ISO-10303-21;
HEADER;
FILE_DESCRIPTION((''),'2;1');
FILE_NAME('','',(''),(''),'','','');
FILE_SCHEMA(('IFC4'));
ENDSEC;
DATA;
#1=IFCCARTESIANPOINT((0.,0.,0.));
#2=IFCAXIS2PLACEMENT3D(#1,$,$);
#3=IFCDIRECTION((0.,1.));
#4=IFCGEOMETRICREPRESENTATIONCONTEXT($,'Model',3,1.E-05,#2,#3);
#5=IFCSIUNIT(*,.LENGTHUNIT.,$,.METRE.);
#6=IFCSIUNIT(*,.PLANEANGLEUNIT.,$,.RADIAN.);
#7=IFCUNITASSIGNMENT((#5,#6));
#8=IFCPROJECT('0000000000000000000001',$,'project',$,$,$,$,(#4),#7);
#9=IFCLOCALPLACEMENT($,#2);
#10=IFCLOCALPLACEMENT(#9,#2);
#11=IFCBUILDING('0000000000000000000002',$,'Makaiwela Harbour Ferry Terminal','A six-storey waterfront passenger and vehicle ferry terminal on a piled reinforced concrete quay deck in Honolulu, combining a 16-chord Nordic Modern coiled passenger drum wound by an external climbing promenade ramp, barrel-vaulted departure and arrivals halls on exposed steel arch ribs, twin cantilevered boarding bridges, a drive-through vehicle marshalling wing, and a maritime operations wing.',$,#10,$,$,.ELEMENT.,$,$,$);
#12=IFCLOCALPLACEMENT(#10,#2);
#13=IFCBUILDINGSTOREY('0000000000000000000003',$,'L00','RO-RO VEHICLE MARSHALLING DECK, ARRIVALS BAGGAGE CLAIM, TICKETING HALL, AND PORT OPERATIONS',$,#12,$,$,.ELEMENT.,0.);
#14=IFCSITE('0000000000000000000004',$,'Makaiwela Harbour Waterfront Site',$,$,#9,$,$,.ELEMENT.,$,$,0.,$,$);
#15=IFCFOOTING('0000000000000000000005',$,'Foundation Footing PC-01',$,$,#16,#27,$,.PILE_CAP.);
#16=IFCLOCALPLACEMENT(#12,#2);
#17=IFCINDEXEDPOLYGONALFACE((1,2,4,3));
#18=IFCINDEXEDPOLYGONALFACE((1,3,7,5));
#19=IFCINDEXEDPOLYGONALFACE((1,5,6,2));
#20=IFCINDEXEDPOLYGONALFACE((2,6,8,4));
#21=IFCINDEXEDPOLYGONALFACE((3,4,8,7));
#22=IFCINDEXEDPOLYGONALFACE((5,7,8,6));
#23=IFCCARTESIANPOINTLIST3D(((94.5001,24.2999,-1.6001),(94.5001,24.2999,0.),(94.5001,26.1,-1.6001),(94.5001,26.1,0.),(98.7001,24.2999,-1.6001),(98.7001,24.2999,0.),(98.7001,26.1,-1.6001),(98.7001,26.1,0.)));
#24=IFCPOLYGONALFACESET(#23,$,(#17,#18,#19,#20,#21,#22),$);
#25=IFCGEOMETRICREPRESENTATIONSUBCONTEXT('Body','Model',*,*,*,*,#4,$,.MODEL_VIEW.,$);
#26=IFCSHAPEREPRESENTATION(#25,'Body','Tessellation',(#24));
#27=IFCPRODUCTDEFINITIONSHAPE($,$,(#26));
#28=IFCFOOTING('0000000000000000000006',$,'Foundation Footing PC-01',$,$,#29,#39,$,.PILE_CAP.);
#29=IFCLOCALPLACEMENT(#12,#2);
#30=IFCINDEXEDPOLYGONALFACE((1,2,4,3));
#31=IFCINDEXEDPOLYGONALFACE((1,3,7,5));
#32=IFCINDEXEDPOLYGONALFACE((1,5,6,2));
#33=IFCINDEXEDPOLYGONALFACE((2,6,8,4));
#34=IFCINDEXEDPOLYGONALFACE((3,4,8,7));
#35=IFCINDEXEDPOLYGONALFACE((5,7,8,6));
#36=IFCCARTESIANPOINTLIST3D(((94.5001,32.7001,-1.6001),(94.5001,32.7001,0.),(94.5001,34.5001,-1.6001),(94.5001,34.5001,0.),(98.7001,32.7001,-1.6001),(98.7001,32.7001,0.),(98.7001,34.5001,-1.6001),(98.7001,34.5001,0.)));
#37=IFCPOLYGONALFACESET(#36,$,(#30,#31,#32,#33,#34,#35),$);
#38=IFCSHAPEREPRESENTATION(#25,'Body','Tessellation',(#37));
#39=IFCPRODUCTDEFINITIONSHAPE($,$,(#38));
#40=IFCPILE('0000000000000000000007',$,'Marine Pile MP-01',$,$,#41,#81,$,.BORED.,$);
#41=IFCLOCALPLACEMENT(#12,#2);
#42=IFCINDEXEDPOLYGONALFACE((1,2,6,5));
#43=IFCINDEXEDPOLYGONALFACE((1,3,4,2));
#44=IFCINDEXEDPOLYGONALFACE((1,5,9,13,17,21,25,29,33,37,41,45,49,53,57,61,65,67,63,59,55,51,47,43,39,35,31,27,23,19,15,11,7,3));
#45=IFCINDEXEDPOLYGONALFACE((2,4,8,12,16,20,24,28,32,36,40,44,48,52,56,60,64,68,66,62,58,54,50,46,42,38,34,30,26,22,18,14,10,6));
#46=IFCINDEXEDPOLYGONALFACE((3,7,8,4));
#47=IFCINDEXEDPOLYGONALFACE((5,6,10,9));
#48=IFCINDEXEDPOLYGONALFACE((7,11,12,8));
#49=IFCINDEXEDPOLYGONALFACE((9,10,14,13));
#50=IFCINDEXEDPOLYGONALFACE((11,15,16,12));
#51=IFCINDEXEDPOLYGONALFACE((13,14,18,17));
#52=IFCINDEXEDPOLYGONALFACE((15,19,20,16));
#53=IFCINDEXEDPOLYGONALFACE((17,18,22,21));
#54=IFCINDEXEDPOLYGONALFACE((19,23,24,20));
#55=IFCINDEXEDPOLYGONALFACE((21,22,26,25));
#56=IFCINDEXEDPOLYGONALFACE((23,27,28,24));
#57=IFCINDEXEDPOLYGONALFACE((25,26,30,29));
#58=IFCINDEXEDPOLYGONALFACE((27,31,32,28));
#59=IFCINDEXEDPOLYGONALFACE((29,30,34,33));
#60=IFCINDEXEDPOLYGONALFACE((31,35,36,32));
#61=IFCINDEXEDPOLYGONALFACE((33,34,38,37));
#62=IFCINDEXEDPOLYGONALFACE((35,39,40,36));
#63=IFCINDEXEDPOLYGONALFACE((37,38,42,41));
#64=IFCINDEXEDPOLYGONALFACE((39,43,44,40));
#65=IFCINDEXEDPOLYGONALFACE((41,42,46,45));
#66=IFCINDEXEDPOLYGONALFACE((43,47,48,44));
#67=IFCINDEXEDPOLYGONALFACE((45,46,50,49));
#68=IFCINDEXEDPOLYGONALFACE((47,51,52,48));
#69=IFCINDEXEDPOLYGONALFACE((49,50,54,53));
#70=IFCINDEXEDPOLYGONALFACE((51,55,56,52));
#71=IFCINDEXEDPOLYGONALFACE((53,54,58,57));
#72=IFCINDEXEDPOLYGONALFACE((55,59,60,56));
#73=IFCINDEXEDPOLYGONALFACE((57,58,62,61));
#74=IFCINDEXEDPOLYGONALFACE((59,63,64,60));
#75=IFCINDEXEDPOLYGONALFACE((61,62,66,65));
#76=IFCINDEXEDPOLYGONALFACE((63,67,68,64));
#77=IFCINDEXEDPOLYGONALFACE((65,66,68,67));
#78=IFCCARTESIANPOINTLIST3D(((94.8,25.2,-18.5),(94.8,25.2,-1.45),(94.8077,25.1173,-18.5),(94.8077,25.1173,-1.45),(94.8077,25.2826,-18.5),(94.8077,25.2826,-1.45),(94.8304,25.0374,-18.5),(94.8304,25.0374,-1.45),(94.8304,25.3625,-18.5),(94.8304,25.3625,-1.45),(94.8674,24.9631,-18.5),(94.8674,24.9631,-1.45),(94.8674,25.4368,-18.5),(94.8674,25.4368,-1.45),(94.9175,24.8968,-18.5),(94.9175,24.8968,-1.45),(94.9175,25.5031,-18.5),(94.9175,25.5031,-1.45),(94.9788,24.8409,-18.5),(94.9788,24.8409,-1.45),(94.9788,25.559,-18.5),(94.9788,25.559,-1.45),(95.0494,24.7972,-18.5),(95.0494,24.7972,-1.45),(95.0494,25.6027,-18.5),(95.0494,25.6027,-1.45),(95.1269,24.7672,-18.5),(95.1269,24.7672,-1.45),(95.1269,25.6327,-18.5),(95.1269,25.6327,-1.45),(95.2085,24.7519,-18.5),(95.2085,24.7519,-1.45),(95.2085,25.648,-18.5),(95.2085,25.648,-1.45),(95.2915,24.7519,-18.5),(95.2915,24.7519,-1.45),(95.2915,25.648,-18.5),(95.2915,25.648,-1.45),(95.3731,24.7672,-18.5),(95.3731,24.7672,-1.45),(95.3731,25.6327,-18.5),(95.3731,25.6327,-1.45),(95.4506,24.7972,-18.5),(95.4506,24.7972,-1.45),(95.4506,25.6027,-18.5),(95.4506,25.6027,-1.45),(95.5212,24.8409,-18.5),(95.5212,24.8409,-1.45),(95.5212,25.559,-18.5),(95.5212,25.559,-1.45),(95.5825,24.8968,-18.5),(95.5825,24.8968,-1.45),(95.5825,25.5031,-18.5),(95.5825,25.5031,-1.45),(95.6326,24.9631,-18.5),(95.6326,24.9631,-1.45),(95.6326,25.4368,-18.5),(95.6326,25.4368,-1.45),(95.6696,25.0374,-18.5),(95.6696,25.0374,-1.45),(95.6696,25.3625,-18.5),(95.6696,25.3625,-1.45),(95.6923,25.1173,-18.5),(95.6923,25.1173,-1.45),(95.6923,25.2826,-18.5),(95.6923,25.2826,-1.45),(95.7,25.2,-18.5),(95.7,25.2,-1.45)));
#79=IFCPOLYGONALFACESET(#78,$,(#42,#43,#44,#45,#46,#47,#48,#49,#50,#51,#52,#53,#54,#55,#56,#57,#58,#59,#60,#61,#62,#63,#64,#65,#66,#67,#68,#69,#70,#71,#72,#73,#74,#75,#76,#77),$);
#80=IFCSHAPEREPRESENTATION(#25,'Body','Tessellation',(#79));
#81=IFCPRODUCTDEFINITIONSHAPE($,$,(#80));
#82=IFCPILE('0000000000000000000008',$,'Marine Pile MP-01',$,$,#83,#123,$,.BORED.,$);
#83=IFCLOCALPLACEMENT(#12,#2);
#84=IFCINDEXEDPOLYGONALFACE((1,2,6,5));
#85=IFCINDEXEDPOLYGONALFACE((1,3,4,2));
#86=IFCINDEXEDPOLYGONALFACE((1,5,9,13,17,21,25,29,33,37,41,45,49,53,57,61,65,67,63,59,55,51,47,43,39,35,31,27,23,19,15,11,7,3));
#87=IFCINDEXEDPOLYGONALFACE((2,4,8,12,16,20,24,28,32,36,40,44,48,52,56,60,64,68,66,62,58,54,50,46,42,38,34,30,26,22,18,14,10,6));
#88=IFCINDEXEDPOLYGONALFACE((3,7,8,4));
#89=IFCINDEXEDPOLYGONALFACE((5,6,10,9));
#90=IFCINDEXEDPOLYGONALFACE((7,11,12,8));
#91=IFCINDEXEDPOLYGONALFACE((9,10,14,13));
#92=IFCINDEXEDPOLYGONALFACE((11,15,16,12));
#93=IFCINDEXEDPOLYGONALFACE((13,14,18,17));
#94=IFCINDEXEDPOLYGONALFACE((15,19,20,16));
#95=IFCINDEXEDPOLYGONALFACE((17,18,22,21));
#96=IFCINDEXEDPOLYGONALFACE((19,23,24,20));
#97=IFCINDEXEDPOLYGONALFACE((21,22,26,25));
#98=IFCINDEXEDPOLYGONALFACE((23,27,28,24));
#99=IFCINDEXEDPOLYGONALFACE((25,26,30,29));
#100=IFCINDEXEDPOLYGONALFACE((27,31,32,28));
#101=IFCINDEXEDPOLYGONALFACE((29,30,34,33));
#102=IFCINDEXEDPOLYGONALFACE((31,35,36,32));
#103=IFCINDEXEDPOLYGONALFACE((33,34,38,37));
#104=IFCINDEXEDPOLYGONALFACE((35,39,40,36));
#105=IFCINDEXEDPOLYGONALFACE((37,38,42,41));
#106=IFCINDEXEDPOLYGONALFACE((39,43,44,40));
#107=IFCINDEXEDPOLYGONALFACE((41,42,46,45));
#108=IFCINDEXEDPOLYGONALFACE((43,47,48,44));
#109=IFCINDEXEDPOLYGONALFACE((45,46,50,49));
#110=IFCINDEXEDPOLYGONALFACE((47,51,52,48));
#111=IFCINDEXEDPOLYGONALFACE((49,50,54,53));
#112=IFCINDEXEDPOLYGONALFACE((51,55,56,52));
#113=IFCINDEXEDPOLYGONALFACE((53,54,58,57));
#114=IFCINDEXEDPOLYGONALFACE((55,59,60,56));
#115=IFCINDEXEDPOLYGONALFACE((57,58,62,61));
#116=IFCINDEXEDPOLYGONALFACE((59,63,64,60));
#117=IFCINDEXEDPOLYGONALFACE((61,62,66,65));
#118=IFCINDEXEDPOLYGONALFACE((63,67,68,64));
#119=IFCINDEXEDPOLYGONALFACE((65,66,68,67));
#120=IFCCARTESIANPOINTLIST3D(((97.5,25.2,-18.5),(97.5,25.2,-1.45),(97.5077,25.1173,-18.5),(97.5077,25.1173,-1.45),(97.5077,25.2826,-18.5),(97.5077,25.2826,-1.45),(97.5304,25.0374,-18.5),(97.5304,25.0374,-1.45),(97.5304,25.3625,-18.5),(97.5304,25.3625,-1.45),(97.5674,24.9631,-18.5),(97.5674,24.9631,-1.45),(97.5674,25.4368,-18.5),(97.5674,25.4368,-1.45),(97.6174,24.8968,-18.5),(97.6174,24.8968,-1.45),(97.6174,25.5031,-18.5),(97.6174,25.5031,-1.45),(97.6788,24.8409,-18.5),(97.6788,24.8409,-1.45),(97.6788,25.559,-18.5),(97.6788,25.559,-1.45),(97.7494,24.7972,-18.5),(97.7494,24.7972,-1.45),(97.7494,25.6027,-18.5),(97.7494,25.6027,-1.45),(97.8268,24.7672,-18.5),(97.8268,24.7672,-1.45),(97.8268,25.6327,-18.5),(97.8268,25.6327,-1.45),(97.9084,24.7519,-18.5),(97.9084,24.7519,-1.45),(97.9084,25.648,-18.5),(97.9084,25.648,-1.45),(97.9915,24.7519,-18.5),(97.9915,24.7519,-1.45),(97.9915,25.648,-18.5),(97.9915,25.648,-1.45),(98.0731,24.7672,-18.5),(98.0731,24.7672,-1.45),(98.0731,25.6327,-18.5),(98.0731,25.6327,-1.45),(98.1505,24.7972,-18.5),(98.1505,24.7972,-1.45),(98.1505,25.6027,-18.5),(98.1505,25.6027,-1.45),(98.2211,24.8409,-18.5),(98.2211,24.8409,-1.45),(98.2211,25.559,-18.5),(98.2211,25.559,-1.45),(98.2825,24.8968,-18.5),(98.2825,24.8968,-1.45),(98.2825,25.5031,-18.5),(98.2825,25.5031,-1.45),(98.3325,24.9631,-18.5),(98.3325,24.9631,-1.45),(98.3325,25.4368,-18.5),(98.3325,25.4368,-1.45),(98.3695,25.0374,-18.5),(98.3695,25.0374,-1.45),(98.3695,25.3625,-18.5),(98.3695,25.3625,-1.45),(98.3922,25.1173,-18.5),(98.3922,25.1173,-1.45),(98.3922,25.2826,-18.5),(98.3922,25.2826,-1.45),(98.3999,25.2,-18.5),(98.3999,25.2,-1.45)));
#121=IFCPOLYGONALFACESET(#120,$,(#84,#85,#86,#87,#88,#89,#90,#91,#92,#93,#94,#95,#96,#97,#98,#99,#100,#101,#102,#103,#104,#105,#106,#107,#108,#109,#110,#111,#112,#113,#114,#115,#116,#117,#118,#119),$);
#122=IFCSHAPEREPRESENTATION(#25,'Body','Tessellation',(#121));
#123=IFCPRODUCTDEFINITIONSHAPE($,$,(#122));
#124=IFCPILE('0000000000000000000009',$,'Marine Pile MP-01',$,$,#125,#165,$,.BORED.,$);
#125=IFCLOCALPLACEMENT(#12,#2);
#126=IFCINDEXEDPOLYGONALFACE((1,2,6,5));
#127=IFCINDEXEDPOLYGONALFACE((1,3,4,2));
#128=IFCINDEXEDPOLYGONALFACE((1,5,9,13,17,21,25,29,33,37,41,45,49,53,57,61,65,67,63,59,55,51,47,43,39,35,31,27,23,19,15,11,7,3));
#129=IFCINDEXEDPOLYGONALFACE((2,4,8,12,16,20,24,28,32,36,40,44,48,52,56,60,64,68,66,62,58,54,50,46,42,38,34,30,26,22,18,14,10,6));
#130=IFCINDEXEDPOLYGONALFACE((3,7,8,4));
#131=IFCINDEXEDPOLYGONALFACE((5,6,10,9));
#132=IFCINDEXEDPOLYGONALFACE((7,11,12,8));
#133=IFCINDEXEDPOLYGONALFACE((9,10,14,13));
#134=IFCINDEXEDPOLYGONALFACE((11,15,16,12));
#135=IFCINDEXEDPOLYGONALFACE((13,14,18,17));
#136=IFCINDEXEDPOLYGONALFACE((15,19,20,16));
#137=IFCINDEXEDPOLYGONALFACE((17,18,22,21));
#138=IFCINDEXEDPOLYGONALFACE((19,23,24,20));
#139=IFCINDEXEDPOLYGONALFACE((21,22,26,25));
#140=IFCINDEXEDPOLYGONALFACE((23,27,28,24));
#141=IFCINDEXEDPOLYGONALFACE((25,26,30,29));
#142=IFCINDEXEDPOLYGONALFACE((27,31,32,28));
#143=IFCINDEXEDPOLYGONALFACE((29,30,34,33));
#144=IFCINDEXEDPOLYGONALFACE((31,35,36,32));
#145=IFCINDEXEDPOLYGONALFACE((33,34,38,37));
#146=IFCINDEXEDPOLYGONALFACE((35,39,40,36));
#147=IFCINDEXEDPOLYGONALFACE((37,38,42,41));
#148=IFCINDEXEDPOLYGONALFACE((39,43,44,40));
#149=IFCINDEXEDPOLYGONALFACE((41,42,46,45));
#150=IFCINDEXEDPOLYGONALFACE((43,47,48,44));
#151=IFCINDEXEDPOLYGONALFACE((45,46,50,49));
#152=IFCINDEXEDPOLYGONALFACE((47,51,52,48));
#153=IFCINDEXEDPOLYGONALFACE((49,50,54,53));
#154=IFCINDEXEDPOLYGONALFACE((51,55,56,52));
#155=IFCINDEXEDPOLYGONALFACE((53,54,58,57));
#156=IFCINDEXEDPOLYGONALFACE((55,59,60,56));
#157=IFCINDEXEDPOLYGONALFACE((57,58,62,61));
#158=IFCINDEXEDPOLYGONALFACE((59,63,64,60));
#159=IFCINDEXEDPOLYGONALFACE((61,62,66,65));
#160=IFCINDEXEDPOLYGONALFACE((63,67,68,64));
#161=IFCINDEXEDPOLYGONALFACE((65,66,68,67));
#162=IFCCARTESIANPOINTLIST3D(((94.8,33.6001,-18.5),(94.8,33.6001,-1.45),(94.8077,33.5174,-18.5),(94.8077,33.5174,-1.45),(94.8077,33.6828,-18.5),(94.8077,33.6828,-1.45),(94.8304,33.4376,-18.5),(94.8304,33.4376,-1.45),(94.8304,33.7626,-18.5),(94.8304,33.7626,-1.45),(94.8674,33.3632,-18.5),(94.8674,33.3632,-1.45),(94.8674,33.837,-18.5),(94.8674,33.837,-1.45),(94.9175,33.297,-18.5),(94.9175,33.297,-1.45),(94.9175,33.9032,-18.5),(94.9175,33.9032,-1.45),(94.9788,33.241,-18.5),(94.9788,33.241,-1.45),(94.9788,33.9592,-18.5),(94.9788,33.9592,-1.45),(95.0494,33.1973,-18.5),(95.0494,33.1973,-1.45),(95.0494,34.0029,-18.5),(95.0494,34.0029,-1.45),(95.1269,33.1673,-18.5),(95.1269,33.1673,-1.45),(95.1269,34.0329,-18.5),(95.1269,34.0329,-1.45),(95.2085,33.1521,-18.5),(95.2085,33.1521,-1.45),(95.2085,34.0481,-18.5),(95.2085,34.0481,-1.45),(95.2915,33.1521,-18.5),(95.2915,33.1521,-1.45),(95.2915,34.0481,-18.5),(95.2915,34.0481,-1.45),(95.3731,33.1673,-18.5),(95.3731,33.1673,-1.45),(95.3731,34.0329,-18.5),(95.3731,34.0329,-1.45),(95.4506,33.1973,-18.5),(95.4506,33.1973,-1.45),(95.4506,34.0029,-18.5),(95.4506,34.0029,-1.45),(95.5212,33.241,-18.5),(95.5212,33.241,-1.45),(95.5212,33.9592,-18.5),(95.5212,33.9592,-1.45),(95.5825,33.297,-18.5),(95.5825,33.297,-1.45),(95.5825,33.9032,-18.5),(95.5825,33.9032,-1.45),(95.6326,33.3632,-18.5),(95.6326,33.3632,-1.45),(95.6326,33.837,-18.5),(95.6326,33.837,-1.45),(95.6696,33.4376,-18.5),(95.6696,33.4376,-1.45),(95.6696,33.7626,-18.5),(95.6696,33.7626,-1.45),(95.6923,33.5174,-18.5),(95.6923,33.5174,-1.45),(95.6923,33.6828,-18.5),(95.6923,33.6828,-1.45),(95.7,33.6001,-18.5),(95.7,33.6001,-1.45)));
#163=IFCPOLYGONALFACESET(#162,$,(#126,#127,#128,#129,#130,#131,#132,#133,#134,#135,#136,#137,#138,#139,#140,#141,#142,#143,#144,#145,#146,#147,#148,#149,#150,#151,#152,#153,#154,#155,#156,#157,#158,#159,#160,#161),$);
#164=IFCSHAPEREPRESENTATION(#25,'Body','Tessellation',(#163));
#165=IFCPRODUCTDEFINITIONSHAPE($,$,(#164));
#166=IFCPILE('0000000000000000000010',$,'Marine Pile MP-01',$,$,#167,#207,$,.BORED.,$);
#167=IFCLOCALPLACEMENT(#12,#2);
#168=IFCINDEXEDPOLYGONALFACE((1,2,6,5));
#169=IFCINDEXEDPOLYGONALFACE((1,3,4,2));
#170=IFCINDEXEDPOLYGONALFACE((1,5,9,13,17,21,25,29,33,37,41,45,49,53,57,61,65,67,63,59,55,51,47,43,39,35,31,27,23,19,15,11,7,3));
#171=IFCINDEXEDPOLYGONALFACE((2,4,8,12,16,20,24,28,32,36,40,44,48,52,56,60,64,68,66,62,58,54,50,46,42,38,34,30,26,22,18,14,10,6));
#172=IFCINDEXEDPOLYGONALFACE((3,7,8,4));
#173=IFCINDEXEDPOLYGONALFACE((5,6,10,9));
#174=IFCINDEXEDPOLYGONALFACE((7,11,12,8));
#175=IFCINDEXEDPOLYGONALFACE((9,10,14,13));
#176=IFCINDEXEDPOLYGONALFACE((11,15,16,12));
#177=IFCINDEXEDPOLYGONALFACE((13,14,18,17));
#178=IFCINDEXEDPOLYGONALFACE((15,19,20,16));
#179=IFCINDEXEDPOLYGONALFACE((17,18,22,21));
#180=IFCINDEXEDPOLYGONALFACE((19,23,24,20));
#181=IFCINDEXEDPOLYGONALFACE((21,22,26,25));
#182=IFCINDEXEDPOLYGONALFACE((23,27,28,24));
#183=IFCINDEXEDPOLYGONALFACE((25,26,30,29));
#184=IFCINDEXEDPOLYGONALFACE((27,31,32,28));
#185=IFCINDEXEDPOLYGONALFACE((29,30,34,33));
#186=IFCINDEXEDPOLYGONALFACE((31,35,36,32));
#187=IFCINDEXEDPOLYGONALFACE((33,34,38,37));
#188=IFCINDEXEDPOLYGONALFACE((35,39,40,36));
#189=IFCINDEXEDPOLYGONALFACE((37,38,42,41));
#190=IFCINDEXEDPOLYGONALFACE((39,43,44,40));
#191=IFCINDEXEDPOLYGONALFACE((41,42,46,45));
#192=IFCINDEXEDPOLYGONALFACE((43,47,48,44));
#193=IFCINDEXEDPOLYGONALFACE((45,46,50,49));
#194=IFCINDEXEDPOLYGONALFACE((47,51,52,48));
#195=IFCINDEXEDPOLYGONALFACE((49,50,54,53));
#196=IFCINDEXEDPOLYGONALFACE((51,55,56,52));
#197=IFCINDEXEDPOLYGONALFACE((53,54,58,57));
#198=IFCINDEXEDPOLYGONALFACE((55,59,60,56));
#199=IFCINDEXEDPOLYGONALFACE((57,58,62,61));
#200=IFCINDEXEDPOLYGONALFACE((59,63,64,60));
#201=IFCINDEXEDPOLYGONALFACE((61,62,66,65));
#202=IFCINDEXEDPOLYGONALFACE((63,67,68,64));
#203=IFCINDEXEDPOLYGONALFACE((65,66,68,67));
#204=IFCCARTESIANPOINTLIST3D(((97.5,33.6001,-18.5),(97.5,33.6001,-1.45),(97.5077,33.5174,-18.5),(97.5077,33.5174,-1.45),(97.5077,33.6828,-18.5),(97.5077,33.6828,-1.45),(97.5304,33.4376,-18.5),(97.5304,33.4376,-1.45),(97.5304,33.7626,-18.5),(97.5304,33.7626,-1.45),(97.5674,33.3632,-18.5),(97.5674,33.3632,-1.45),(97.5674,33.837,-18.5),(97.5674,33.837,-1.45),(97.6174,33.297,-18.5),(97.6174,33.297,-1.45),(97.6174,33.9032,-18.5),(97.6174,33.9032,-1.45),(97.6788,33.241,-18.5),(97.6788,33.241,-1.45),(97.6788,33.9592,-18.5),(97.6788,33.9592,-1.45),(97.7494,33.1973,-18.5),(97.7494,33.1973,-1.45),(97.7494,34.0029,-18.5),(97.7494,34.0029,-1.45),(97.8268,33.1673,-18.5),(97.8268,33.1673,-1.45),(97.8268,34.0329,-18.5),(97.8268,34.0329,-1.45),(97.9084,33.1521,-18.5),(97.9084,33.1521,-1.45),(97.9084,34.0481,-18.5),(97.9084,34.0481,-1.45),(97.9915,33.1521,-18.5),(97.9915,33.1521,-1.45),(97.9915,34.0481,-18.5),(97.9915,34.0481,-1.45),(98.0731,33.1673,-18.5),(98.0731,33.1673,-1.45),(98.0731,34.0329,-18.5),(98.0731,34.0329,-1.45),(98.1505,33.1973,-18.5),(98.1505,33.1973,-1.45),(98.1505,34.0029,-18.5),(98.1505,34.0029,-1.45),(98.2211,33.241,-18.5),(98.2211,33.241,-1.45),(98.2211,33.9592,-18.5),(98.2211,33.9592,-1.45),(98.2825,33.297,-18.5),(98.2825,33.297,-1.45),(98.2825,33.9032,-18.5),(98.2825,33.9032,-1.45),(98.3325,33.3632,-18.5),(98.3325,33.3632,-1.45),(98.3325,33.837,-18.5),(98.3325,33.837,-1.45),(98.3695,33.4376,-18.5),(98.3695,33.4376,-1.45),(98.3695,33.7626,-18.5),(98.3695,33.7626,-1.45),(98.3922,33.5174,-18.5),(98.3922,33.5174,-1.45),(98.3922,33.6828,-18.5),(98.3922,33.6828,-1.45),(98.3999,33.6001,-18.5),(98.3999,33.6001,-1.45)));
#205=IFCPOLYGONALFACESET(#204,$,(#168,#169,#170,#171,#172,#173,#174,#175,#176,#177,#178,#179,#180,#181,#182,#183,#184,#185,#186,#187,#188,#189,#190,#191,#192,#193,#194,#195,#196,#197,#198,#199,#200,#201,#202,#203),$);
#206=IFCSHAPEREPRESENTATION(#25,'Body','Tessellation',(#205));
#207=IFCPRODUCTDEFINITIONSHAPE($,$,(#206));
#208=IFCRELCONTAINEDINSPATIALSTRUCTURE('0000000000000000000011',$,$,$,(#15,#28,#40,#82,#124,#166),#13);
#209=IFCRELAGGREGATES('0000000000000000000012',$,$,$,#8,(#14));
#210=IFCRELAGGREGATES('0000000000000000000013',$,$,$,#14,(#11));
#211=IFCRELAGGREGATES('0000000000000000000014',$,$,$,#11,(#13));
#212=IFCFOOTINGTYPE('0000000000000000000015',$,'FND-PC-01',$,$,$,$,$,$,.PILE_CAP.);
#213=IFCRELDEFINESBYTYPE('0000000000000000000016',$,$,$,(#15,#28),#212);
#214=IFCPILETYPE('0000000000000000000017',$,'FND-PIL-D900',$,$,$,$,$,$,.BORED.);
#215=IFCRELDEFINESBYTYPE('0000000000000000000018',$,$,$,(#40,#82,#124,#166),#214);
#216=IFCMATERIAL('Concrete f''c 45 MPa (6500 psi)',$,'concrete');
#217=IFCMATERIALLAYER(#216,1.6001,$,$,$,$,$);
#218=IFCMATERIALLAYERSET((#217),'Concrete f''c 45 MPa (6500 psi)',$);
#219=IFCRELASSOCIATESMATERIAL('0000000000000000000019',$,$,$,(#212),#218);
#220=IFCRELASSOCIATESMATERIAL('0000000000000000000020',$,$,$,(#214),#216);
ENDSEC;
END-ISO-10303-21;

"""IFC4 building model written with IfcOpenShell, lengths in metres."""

from ifc_helpers import new_model, si_unit, direction, frame, origin, origin_2d, place, context, subcontext, project, spatial, rectangle, circle, extrude, material, layer, layer_set, material_profile, profile_set, type_object, element, save


model = new_model("IFC4")

# Units and contexts
model_context = context("Model", 3, precision=1e-05, world=origin(), true_north=direction((0.0, 1.0)))
body_context = subcontext(model_context, "Body", "Model", "MODEL_VIEW")
ifc_project = project(units=[si_unit("LENGTHUNIT", "METRE"), si_unit("PLANEANGLEUNIT", "RADIAN")], contexts=[model_context])

# Site, building, storey
site_placement = place(None, origin())
site = spatial("IfcSite", under=ifc_project, at=site_placement, Name="Makaiwela Harbour Waterfront Site", CompositionType="ELEMENT", RefElevation=0.0)
building_placement = place(site_placement, origin())
building = spatial("IfcBuilding", under=site, at=building_placement, Name="Makaiwela Harbour Ferry Terminal", Description="A six-storey waterfront passenger and vehicle ferry terminal on a piled reinforced concrete quay deck in Honolulu, combining a 16-chord Nordic Modern coiled passenger drum wound by an external climbing promenade ramp, barrel-vaulted departure and arrivals halls on exposed steel arch ribs, twin cantilevered boarding bridges, a drive-through vehicle marshalling wing, and a maritime operations wing.", CompositionType="ELEMENT")
storey_placement = place(building_placement, origin())
storey = spatial("IfcBuildingStorey", under=building, at=storey_placement, Name="L00", Description="RO-RO VEHICLE MARSHALLING DECK, ARRIVALS BAGGAGE CLAIM, TICKETING HALL, AND PORT OPERATIONS", CompositionType="ELEMENT", Elevation=0.0)

# Footings
ifc_material_1 = material(Name="Concrete f'c 45 MPa (6500 psi)", Category="concrete")
ifc_layer_1 = layer(ifc_material_1, 1.6001)
ifc_layer_set_1 = layer_set([ifc_layer_1], Name="Concrete f'c 45 MPa (6500 psi)")
footing_type_1 = type_object("IfcFootingType", Name="FND-PC-01", PredefinedType="PILE_CAP", material=ifc_layer_set_1)
for number, where, z_axis, x_axis, name in (
    (1, (96.6001, 25.2, -1.6001), (0.0, 0.0, 1.0), (1.0, 0.0, 0.0), "Foundation Footing PC-01"),
    (2, (96.6001, 33.6001, -1.6001), (0.0, 0.0, 1.0), (1.0, 0.0, 0.0), "Foundation Footing PC-01"),
):
    element("IfcFooting", number, at=place(storey_placement, frame(where, z_axis=z_axis, x_axis=x_axis)), inside=storey, type_object=footing_type_1, Name=name, PredefinedType="PILE_CAP", context=body_context, shape_type="SweptSolid", body=[
        extrude(rectangle(XDim=4.2, YDim=1.8, at=origin_2d()), origin(), (0.0, 0.0, 1.0), 1.6001),
    ])

# Piles
ifc_material_profile_1 = material_profile(ifc_material_1, circle(Radius=0.45, at=origin_2d()), Name="PILE-D900")
ifc_profile_set_1 = profile_set([ifc_material_profile_1], Name="Concrete f'c 45 MPa (6500 psi)")
pile_type = type_object("IfcPileType", Name="FND-PIL-D900", PredefinedType="BORED", material=ifc_profile_set_1)
for number, where, z_axis, x_axis, name in (
    (3, (95.25, 25.2, -1.45), (0.0, 0.0, -1.0), (1.0, 0.0, 0.0), "Marine Pile MP-01"),
    (4, (97.95, 25.2, -1.45), (0.0, 0.0, -1.0), (1.0, 0.0, 0.0), "Marine Pile MP-01"),
    (5, (95.25, 33.6001, -1.45), (0.0, 0.0, -1.0), (1.0, 0.0, 0.0), "Marine Pile MP-01"),
    (6, (97.95, 33.6001, -1.45), (0.0, 0.0, -1.0), (1.0, 0.0, 0.0), "Marine Pile MP-01"),
):
    element("IfcPile", number, at=place(storey_placement, frame(where, z_axis=z_axis, x_axis=x_axis)), inside=storey, type_object=pile_type, Name=name, PredefinedType="BORED", context=body_context, shape_type="SweptSolid", body=[
        extrude(circle(Radius=0.45, at=origin_2d()), origin(), (0.0, 0.0, 1.0), 17.05),
    ])

save(model, "model.ifc")
